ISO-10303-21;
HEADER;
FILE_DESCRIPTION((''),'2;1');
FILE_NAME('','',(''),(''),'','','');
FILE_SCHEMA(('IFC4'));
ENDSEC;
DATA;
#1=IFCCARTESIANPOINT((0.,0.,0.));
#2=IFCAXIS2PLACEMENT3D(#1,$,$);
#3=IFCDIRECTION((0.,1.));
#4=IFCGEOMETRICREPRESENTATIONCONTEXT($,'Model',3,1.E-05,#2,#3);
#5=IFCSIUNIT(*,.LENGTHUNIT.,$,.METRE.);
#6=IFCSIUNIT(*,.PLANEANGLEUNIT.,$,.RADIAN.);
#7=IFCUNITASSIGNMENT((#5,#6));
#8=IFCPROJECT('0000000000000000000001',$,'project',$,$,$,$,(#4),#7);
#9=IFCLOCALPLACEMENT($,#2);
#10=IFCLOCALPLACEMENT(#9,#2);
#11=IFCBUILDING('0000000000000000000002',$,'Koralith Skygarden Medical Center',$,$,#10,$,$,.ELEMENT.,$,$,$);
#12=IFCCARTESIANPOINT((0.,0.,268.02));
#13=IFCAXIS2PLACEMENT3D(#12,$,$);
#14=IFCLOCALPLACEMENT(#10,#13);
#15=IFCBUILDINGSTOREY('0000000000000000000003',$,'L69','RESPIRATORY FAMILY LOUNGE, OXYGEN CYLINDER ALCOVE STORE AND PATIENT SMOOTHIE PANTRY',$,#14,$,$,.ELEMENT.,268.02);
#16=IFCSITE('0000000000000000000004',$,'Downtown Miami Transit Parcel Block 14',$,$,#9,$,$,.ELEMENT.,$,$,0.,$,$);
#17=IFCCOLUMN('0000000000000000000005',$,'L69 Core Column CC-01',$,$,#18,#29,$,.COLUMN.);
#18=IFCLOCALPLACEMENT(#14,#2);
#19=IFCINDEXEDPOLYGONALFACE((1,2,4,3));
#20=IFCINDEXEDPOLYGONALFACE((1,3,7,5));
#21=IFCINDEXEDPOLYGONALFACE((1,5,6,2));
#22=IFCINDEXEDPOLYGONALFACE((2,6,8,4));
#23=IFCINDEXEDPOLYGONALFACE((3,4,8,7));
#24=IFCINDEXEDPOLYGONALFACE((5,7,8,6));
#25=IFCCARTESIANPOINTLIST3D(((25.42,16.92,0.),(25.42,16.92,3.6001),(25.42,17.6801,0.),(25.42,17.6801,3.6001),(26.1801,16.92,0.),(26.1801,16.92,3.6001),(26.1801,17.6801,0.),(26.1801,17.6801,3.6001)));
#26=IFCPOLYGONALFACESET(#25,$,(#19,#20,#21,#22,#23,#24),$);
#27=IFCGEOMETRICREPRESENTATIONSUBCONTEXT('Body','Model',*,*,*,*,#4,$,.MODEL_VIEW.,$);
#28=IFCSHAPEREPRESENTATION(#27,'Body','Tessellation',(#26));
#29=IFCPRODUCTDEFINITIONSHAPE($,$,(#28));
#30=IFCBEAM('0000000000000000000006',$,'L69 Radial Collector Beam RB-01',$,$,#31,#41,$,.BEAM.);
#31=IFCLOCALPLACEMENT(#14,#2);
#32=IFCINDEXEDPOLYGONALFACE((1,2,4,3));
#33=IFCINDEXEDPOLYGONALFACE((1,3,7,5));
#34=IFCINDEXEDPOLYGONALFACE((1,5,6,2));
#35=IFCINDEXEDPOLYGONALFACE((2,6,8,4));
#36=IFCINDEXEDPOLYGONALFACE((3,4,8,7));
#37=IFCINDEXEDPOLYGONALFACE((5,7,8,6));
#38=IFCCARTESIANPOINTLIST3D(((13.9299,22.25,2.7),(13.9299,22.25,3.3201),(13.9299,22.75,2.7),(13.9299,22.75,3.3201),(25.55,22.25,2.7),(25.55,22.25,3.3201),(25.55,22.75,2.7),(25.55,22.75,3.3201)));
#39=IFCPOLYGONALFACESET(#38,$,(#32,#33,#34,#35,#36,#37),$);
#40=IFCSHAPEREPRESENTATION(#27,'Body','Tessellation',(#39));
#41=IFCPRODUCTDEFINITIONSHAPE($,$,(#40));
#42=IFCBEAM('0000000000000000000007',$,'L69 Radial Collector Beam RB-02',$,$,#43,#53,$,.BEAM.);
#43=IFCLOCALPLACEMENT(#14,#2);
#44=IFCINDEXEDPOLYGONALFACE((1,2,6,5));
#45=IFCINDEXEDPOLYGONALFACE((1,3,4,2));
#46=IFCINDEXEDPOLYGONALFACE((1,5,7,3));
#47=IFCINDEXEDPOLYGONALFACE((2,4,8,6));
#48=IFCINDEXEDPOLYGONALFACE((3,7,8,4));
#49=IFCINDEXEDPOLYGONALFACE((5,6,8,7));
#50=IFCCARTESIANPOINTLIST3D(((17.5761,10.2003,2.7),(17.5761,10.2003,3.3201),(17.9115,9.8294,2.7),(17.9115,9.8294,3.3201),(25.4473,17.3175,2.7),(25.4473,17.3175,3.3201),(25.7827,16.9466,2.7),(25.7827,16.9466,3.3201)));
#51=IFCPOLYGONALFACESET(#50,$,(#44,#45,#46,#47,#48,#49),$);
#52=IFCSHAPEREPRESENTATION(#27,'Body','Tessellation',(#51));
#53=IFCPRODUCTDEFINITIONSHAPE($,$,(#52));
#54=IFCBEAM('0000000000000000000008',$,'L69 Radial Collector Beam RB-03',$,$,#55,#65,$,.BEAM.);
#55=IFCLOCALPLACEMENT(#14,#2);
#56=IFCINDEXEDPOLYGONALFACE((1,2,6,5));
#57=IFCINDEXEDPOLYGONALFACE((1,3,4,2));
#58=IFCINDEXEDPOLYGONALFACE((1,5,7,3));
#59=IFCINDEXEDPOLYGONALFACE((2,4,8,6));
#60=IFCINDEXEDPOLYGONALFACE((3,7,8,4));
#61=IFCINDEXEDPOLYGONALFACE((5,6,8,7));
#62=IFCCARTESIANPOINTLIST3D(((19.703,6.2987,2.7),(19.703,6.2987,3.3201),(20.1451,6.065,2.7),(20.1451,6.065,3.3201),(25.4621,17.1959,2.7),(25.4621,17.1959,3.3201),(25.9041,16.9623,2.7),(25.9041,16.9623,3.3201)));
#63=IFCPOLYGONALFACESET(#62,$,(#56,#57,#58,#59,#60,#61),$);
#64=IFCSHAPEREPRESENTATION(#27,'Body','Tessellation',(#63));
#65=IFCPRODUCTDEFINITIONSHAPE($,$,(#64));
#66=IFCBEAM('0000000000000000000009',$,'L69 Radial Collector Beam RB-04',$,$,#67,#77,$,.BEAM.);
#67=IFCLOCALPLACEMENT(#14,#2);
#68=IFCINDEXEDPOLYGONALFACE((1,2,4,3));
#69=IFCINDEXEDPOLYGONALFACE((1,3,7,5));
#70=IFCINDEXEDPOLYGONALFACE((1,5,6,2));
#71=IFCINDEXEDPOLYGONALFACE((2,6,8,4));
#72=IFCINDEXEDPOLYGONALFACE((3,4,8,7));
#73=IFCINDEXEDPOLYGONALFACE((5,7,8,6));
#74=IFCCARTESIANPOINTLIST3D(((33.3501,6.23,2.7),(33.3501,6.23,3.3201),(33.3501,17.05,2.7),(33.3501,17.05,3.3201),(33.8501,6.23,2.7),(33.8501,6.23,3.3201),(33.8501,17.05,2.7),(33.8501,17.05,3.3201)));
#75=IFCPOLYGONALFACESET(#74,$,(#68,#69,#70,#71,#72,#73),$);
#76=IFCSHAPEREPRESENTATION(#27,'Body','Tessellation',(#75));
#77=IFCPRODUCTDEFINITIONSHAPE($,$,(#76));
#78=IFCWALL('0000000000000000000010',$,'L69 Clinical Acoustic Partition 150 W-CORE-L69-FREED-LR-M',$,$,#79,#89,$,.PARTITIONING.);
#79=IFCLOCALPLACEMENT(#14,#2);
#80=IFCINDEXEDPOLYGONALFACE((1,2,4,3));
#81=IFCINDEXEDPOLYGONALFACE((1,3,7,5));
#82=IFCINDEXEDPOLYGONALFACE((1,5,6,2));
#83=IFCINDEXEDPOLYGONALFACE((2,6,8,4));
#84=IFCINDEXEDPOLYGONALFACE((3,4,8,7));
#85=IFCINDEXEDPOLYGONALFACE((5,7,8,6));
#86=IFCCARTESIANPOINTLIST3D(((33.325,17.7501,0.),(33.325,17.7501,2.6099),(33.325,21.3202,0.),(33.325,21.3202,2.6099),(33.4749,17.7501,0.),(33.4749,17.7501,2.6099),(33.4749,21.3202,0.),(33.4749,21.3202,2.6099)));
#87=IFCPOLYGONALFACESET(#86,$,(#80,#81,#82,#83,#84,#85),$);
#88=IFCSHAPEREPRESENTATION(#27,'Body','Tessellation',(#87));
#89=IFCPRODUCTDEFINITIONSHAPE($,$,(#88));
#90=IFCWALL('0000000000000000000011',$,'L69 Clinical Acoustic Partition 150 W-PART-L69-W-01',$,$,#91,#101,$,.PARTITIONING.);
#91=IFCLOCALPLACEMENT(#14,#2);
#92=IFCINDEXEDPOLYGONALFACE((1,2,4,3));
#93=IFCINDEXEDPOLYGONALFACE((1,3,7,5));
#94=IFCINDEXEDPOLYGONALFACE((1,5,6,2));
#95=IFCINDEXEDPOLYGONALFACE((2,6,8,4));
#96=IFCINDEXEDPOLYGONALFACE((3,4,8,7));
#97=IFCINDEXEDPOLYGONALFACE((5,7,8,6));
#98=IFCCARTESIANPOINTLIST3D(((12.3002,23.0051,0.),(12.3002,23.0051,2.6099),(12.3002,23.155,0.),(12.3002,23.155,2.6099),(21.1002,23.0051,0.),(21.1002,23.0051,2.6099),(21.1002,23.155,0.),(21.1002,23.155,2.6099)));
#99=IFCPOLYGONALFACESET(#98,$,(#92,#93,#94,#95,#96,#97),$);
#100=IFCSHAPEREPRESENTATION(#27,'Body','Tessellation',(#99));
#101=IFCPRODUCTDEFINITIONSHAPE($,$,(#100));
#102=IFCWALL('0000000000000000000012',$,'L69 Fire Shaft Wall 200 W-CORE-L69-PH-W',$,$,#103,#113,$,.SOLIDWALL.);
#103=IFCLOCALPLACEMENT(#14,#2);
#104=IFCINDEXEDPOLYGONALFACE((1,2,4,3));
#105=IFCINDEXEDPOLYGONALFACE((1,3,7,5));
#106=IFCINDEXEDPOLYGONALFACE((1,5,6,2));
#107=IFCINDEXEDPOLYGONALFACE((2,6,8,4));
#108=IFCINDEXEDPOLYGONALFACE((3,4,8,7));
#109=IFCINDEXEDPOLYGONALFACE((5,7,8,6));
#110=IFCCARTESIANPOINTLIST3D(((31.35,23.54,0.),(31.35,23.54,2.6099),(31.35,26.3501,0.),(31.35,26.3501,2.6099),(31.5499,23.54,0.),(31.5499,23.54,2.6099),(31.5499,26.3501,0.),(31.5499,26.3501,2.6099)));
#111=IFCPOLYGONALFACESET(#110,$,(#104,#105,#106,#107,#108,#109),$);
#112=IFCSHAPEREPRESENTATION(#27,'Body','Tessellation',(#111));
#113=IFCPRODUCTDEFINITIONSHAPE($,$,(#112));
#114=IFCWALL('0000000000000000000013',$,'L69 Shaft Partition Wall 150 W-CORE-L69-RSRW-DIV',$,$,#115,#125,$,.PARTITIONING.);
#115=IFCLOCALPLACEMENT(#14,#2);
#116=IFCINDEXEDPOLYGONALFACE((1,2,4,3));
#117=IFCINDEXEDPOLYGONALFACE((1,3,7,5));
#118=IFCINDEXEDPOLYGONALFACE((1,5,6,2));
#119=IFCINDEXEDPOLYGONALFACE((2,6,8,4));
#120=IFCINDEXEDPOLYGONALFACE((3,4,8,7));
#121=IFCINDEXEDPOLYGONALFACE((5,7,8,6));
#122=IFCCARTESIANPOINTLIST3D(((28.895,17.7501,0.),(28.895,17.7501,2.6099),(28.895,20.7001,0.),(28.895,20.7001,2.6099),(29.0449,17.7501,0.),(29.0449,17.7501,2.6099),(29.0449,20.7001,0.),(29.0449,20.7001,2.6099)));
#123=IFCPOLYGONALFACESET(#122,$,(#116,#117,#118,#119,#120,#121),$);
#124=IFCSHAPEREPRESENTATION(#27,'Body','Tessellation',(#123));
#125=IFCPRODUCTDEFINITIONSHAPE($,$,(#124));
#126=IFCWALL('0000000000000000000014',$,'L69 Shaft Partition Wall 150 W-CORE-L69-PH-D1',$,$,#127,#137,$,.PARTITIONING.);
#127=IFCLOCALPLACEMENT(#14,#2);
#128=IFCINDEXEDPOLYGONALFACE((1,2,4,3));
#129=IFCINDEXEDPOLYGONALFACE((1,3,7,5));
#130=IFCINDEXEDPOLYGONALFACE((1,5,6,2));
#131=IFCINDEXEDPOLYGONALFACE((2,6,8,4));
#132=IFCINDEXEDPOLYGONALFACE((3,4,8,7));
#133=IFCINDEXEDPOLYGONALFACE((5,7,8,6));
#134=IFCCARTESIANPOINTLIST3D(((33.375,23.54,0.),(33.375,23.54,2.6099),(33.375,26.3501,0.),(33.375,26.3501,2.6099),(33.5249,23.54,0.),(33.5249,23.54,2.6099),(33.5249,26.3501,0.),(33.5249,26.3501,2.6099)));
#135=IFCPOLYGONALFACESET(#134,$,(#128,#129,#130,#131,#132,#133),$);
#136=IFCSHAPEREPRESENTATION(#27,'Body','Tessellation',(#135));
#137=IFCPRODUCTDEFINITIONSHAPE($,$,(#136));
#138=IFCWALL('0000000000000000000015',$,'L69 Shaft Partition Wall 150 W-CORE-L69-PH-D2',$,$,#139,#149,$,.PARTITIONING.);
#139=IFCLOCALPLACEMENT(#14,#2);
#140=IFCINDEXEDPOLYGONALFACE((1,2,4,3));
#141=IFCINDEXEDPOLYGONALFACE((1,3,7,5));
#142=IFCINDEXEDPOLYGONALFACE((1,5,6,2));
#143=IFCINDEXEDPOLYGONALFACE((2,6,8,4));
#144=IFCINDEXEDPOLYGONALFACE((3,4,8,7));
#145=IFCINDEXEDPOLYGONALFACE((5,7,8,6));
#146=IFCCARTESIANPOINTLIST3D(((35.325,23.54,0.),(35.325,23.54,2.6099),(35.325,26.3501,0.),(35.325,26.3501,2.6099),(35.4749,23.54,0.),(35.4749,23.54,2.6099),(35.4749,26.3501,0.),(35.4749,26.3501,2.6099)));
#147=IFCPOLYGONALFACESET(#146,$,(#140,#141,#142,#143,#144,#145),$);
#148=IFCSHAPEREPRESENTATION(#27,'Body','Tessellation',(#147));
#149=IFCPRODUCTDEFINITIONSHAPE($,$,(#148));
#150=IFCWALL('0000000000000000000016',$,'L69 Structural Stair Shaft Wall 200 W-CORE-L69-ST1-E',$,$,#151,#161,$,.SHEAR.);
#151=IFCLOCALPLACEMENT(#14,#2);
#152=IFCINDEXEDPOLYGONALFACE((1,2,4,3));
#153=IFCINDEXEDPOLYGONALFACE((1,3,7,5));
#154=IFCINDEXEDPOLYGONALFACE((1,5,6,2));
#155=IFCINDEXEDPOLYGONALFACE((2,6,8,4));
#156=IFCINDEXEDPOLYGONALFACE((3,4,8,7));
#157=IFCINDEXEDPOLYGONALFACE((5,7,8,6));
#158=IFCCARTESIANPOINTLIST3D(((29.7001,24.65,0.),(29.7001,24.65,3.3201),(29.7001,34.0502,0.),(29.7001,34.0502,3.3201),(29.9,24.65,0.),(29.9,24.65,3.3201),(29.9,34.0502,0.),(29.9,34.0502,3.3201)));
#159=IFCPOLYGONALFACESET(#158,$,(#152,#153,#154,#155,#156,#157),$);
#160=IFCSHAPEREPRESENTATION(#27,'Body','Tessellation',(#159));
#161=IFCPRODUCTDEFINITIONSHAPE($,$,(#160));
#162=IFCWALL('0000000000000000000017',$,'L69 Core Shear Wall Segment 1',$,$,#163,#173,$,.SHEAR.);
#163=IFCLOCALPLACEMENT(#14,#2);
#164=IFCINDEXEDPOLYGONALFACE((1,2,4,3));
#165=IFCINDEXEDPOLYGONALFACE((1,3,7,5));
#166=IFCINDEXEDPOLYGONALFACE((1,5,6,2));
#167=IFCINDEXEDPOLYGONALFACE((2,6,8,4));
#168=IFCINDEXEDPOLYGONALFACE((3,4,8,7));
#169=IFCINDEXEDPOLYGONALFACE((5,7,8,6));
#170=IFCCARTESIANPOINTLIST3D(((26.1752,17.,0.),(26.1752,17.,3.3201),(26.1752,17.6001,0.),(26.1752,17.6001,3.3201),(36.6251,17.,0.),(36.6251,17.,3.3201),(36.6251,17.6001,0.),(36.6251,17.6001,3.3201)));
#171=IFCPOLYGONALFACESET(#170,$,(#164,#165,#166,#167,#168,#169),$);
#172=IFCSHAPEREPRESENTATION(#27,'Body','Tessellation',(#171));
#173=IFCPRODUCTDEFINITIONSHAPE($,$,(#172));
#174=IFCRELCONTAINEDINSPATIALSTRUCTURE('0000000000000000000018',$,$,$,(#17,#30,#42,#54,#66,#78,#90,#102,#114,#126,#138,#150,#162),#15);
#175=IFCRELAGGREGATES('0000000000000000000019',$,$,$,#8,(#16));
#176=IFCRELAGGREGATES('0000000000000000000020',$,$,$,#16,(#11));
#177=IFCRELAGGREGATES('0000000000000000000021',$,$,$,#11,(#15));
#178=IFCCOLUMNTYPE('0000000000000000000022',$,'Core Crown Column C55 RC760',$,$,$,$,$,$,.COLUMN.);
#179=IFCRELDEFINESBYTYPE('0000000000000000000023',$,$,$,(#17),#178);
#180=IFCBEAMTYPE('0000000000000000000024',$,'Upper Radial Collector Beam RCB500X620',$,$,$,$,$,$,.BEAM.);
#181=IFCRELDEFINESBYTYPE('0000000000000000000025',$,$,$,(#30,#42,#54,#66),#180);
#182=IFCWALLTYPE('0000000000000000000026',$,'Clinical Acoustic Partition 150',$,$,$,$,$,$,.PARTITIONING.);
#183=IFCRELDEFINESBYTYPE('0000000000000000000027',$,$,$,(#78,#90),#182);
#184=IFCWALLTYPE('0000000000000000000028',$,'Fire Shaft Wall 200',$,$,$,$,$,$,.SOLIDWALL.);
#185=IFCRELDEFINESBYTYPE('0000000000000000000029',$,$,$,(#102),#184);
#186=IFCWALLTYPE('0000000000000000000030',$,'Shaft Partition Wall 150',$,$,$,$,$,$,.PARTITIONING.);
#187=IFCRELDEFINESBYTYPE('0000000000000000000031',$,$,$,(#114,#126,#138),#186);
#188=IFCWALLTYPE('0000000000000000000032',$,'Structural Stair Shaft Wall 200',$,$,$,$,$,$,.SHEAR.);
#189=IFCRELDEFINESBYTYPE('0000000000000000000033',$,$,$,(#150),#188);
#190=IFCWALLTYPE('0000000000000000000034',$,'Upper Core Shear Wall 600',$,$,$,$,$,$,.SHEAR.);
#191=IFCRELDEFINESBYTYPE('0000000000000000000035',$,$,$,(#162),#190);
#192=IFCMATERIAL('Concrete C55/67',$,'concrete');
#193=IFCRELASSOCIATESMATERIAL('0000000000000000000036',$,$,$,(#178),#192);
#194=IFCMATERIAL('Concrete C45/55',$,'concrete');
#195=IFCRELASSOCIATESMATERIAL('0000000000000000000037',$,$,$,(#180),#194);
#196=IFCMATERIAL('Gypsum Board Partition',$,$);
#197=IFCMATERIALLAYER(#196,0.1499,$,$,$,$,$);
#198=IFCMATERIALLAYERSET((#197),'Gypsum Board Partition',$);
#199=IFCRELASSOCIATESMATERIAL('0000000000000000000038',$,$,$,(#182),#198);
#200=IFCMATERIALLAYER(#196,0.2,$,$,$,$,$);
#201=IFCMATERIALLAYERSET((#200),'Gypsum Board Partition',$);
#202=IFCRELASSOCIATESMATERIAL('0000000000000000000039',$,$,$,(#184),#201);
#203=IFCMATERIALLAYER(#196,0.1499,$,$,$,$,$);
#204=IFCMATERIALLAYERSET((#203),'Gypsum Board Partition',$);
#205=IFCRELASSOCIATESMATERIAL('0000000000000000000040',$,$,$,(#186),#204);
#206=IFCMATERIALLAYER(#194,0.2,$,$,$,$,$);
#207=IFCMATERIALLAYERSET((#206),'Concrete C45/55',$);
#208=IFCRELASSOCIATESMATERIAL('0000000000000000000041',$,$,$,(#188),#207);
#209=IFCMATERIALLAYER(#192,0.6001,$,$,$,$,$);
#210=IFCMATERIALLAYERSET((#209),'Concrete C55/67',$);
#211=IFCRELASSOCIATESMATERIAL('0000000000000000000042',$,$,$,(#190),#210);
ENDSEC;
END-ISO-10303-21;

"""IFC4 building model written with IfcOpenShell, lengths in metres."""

from ifc_helpers import new_model, si_unit, direction, frame, frame_2d, origin, origin_2d, place, context, subcontext, project, spatial, rectangle, extrude, material, layer, layer_set, material_profile, profile_set, type_object, element, save


model = new_model("IFC4")

# Units and contexts
model_context = context("Model", 3, precision=1e-05, world=origin(), true_north=direction((0.0, 1.0)))
body_context = subcontext(model_context, "Body", "Model", "MODEL_VIEW")
ifc_project = project(units=[si_unit("LENGTHUNIT", "METRE"), si_unit("PLANEANGLEUNIT", "RADIAN")], contexts=[model_context])

# Site, building, storey
site_placement = place(None, origin())
site = spatial("IfcSite", under=ifc_project, at=site_placement, Name="Downtown Miami Transit Parcel Block 14", CompositionType="ELEMENT", RefElevation=0.0)
building_placement = place(site_placement, origin())
building = spatial("IfcBuilding", under=site, at=building_placement, Name="Koralith Skygarden Medical Center", CompositionType="ELEMENT")
storey_placement = place(building_placement, frame((0.0, 0.0, 268.02)))
storey = spatial("IfcBuildingStorey", under=building, at=storey_placement, Name="L69", Description="RESPIRATORY FAMILY LOUNGE, OXYGEN CYLINDER ALCOVE STORE AND PATIENT SMOOTHIE PANTRY", CompositionType="ELEMENT", Elevation=268.02)

# Column
ifc_material_1 = material(Name="Concrete C55/67", Category="concrete")
ifc_material_profile_1 = material_profile(ifc_material_1, rectangle(XDim=0.76, YDim=0.76, at=origin_2d()), Name="RC760X760")
ifc_profile_set_1 = profile_set([ifc_material_profile_1], Name="Concrete C55/67")
column_type = type_object("IfcColumnType", Name="Core Crown Column C55 RC760", PredefinedType="COLUMN", material=ifc_profile_set_1)
column_placement = place(storey_placement, frame((25.8, 17.3, 0.0), z_axis=(0.0, 0.0, 1.0), x_axis=(1.0, 0.0, 0.0)))
element("IfcColumn", 1, at=column_placement, inside=storey, type_object=column_type, Name="L69 Core Column CC-01", PredefinedType="COLUMN", context=body_context, shape_type="SweptSolid", body=[
    extrude(rectangle(XDim=0.76, YDim=0.76, at=origin_2d()), origin(), (0.0, 0.0, 1.0), 3.6001),
])

# Beams
ifc_material_2 = material(Name="Concrete C45/55", Category="concrete")
ifc_material_profile_2 = material_profile(ifc_material_2, rectangle(XDim=0.5, YDim=0.6201, at=origin_2d()), Name="RCB500X620")
ifc_profile_set_2 = profile_set([ifc_material_profile_2], Name="Concrete C45/55")
beam_type = type_object("IfcBeamType", Name="Upper Radial Collector Beam RCB500X620", PredefinedType="BEAM", material=ifc_profile_set_2)
beam_1_placement = place(storey_placement, frame((25.55, 22.5, 3.01), z_axis=(-1.0, 0.0, 0.0), x_axis=(0.0, -1.0, 0.0)))
element("IfcBeam", 2, at=beam_1_placement, inside=storey, type_object=beam_type, Name="L69 Radial Collector Beam RB-01", PredefinedType="BEAM", context=body_context, shape_type="SweptSolid", body=[
    extrude(rectangle(XDim=0.5, YDim=0.6201, at=origin_2d()), origin(), (0.0, 0.0, 1.0), 11.6201),
])
beam_2_placement = place(storey_placement, frame((25.615, 17.1321, 3.01), z_axis=(-0.741736, -0.670692, 0.0), x_axis=(0.670692, -0.741736, 0.0)))
element("IfcBeam", 3, at=beam_2_placement, inside=storey, type_object=beam_type, Name="L69 Radial Collector Beam RB-02", PredefinedType="BEAM", context=body_context, shape_type="SweptSolid", body=[
    extrude(rectangle(XDim=0.5, YDim=0.6201, at=origin_2d()), origin(), (0.0, 0.0, 1.0), 10.6118),
])
beam_3_placement = place(storey_placement, frame((25.6831, 17.0791, 3.01), z_axis=(-0.467249, -0.884126, 0.0), x_axis=(0.884126, -0.467249, 0.0)))
element("IfcBeam", 4, at=beam_3_placement, inside=storey, type_object=beam_type, Name="L69 Radial Collector Beam RB-03", PredefinedType="BEAM", context=body_context, shape_type="SweptSolid", body=[
    extrude(rectangle(XDim=0.5, YDim=0.6201, at=origin_2d()), origin(), (0.0, 0.0, 1.0), 12.3254),
])
beam_4_placement = place(storey_placement, frame((33.6001, 17.05, 3.01), z_axis=(0.0, -1.0, 0.0), x_axis=(1.0, 0.0, 0.0)))
element("IfcBeam", 5, at=beam_4_placement, inside=storey, type_object=beam_type, Name="L69 Radial Collector Beam RB-04", PredefinedType="BEAM", context=body_context, shape_type="SweptSolid", body=[
    extrude(rectangle(XDim=0.5, YDim=0.6201, at=origin_2d()), origin(), (0.0, 0.0, 1.0), 10.8201),
])

# Shared definitions
ifc_material_3 = material(Name="Gypsum Board Partition")
ifc_layer_1 = layer(ifc_material_3, 0.1499)
ifc_layer_set_1 = layer_set([ifc_layer_1], Name="Gypsum Board Partition")
wall_type_1 = type_object("IfcWallType", Name="Clinical Acoustic Partition 150", PredefinedType="PARTITIONING", material=ifc_layer_set_1)

# Walls
wall_1_placement = place(storey_placement, frame((33.3999, 17.75, 0.0), z_axis=(0.0, 0.0, 1.0), x_axis=(0.0, 1.0, 0.0)))
element("IfcWall", 6, at=wall_1_placement, inside=storey, type_object=wall_type_1, Name="L69 Clinical Acoustic Partition 150 W-CORE-L69-FREED-LR-M", PredefinedType="PARTITIONING", context=body_context, shape_type="SweptSolid", body=[
    extrude(rectangle(XDim=3.5701, YDim=0.1499, at=frame_2d((1.7852, 0.0))), origin(), (0.0, 0.0, 1.0), 2.6099),
])
wall_2_placement = place(storey_placement, frame((21.1001, 23.0801, 0.0), z_axis=(0.0, 0.0, 1.0), x_axis=(-1.0, 0.0, 0.0)))
element("IfcWall", 7, at=wall_2_placement, inside=storey, type_object=wall_type_1, Name="L69 Clinical Acoustic Partition 150 W-PART-L69-W-01", PredefinedType="PARTITIONING", context=body_context, shape_type="SweptSolid", body=[
    extrude(rectangle(XDim=8.8, YDim=0.1499, at=frame_2d((4.3999, 0.0))), origin(), (0.0, 0.0, 1.0), 2.6099),
])

# Shared definitions
ifc_layer_2 = layer(ifc_material_3, 0.2)
ifc_layer_set_2 = layer_set([ifc_layer_2], Name="Gypsum Board Partition")
wall_type_2 = type_object("IfcWallType", Name="Fire Shaft Wall 200", PredefinedType="SOLIDWALL", material=ifc_layer_set_2)

# Walls
wall_3_placement = place(storey_placement, frame((31.45, 23.54, 0.0), z_axis=(0.0, 0.0, 1.0), x_axis=(0.0, 1.0, 0.0)))
element("IfcWall", 8, at=wall_3_placement, inside=storey, type_object=wall_type_2, Name="L69 Fire Shaft Wall 200 W-CORE-L69-PH-W", PredefinedType="SOLIDWALL", context=body_context, shape_type="SweptSolid", body=[
    extrude(rectangle(XDim=2.8101, YDim=0.2, at=frame_2d((1.405, 0.0))), origin(), (0.0, 0.0, 1.0), 2.6099),
])
ifc_layer_3 = layer(ifc_material_3, 0.1499)
ifc_layer_set_3 = layer_set([ifc_layer_3], Name="Gypsum Board Partition")
wall_type_3 = type_object("IfcWallType", Name="Shaft Partition Wall 150", PredefinedType="PARTITIONING", material=ifc_layer_set_3)
wall_4_placement = place(storey_placement, frame((28.97, 17.75, 0.0), z_axis=(0.0, 0.0, 1.0), x_axis=(0.0, 1.0, 0.0)))
element("IfcWall", 9, at=wall_4_placement, inside=storey, type_object=wall_type_3, Name="L69 Shaft Partition Wall 150 W-CORE-L69-RSRW-DIV", PredefinedType="PARTITIONING", context=body_context, shape_type="SweptSolid", body=[
    extrude(rectangle(XDim=2.95, YDim=0.1499, at=frame_2d((1.4751, 0.0))), origin(), (0.0, 0.0, 1.0), 2.6099),
])
for number, where, z_axis, x_axis, name in (
    (10, (33.45, 23.54, 0.0), (0.0, 0.0, 1.0), (0.0, 1.0, 0.0), "L69 Shaft Partition Wall 150 W-CORE-L69-PH-D1"),
    (11, (35.3999, 23.54, 0.0), (0.0, 0.0, 1.0), (0.0, 1.0, 0.0), "L69 Shaft Partition Wall 150 W-CORE-L69-PH-D2"),
):
    element("IfcWall", number, at=place(storey_placement, frame(where, z_axis=z_axis, x_axis=x_axis)), inside=storey, type_object=wall_type_3, Name=name, PredefinedType="PARTITIONING", context=body_context, shape_type="SweptSolid", body=[
        extrude(rectangle(XDim=2.8101, YDim=0.1499, at=frame_2d((1.405, 0.0))), origin(), (0.0, 0.0, 1.0), 2.6099),
    ])
ifc_layer_4 = layer(ifc_material_2, 0.2)
ifc_layer_set_4 = layer_set([ifc_layer_4], Name="Concrete C45/55")
wall_type_4 = type_object("IfcWallType", Name="Structural Stair Shaft Wall 200", PredefinedType="SHEAR", material=ifc_layer_set_4)
wall_5_placement = place(storey_placement, frame((29.8, 24.6499, 0.0), z_axis=(0.0, 0.0, 1.0), x_axis=(0.0, 1.0, 0.0)))
element("IfcWall", 12, at=wall_5_placement, inside=storey, type_object=wall_type_4, Name="L69 Structural Stair Shaft Wall 200 W-CORE-L69-ST1-E", PredefinedType="SHEAR", context=body_context, shape_type="SweptSolid", body=[
    extrude(rectangle(XDim=9.4001, YDim=0.2, at=frame_2d((4.7002, 0.0))), origin(), (0.0, 0.0, 1.0), 3.3201),
])

# Wall
ifc_layer_5 = layer(ifc_material_1, 0.6001)
ifc_layer_set_5 = layer_set([ifc_layer_5], Name="Concrete C55/67")
wall_type_5 = type_object("IfcWallType", Name="Upper Core Shear Wall 600", PredefinedType="SHEAR", material=ifc_layer_set_5)
wall_6_placement = place(storey_placement, frame((26.175, 17.3, 0.0), z_axis=(0.0, 0.0, 1.0), x_axis=(1.0, 0.0, 0.0)))
element("IfcWall", 13, at=wall_6_placement, inside=storey, type_object=wall_type_5, Name="L69 Core Shear Wall Segment 1", PredefinedType="SHEAR", context=body_context, shape_type="SweptSolid", body=[
    extrude(rectangle(XDim=10.45, YDim=0.6001, at=frame_2d((5.2251, 0.0))), origin(), (0.0, 0.0, 1.0), 3.3201),
])

save(model, "model.ifc")
